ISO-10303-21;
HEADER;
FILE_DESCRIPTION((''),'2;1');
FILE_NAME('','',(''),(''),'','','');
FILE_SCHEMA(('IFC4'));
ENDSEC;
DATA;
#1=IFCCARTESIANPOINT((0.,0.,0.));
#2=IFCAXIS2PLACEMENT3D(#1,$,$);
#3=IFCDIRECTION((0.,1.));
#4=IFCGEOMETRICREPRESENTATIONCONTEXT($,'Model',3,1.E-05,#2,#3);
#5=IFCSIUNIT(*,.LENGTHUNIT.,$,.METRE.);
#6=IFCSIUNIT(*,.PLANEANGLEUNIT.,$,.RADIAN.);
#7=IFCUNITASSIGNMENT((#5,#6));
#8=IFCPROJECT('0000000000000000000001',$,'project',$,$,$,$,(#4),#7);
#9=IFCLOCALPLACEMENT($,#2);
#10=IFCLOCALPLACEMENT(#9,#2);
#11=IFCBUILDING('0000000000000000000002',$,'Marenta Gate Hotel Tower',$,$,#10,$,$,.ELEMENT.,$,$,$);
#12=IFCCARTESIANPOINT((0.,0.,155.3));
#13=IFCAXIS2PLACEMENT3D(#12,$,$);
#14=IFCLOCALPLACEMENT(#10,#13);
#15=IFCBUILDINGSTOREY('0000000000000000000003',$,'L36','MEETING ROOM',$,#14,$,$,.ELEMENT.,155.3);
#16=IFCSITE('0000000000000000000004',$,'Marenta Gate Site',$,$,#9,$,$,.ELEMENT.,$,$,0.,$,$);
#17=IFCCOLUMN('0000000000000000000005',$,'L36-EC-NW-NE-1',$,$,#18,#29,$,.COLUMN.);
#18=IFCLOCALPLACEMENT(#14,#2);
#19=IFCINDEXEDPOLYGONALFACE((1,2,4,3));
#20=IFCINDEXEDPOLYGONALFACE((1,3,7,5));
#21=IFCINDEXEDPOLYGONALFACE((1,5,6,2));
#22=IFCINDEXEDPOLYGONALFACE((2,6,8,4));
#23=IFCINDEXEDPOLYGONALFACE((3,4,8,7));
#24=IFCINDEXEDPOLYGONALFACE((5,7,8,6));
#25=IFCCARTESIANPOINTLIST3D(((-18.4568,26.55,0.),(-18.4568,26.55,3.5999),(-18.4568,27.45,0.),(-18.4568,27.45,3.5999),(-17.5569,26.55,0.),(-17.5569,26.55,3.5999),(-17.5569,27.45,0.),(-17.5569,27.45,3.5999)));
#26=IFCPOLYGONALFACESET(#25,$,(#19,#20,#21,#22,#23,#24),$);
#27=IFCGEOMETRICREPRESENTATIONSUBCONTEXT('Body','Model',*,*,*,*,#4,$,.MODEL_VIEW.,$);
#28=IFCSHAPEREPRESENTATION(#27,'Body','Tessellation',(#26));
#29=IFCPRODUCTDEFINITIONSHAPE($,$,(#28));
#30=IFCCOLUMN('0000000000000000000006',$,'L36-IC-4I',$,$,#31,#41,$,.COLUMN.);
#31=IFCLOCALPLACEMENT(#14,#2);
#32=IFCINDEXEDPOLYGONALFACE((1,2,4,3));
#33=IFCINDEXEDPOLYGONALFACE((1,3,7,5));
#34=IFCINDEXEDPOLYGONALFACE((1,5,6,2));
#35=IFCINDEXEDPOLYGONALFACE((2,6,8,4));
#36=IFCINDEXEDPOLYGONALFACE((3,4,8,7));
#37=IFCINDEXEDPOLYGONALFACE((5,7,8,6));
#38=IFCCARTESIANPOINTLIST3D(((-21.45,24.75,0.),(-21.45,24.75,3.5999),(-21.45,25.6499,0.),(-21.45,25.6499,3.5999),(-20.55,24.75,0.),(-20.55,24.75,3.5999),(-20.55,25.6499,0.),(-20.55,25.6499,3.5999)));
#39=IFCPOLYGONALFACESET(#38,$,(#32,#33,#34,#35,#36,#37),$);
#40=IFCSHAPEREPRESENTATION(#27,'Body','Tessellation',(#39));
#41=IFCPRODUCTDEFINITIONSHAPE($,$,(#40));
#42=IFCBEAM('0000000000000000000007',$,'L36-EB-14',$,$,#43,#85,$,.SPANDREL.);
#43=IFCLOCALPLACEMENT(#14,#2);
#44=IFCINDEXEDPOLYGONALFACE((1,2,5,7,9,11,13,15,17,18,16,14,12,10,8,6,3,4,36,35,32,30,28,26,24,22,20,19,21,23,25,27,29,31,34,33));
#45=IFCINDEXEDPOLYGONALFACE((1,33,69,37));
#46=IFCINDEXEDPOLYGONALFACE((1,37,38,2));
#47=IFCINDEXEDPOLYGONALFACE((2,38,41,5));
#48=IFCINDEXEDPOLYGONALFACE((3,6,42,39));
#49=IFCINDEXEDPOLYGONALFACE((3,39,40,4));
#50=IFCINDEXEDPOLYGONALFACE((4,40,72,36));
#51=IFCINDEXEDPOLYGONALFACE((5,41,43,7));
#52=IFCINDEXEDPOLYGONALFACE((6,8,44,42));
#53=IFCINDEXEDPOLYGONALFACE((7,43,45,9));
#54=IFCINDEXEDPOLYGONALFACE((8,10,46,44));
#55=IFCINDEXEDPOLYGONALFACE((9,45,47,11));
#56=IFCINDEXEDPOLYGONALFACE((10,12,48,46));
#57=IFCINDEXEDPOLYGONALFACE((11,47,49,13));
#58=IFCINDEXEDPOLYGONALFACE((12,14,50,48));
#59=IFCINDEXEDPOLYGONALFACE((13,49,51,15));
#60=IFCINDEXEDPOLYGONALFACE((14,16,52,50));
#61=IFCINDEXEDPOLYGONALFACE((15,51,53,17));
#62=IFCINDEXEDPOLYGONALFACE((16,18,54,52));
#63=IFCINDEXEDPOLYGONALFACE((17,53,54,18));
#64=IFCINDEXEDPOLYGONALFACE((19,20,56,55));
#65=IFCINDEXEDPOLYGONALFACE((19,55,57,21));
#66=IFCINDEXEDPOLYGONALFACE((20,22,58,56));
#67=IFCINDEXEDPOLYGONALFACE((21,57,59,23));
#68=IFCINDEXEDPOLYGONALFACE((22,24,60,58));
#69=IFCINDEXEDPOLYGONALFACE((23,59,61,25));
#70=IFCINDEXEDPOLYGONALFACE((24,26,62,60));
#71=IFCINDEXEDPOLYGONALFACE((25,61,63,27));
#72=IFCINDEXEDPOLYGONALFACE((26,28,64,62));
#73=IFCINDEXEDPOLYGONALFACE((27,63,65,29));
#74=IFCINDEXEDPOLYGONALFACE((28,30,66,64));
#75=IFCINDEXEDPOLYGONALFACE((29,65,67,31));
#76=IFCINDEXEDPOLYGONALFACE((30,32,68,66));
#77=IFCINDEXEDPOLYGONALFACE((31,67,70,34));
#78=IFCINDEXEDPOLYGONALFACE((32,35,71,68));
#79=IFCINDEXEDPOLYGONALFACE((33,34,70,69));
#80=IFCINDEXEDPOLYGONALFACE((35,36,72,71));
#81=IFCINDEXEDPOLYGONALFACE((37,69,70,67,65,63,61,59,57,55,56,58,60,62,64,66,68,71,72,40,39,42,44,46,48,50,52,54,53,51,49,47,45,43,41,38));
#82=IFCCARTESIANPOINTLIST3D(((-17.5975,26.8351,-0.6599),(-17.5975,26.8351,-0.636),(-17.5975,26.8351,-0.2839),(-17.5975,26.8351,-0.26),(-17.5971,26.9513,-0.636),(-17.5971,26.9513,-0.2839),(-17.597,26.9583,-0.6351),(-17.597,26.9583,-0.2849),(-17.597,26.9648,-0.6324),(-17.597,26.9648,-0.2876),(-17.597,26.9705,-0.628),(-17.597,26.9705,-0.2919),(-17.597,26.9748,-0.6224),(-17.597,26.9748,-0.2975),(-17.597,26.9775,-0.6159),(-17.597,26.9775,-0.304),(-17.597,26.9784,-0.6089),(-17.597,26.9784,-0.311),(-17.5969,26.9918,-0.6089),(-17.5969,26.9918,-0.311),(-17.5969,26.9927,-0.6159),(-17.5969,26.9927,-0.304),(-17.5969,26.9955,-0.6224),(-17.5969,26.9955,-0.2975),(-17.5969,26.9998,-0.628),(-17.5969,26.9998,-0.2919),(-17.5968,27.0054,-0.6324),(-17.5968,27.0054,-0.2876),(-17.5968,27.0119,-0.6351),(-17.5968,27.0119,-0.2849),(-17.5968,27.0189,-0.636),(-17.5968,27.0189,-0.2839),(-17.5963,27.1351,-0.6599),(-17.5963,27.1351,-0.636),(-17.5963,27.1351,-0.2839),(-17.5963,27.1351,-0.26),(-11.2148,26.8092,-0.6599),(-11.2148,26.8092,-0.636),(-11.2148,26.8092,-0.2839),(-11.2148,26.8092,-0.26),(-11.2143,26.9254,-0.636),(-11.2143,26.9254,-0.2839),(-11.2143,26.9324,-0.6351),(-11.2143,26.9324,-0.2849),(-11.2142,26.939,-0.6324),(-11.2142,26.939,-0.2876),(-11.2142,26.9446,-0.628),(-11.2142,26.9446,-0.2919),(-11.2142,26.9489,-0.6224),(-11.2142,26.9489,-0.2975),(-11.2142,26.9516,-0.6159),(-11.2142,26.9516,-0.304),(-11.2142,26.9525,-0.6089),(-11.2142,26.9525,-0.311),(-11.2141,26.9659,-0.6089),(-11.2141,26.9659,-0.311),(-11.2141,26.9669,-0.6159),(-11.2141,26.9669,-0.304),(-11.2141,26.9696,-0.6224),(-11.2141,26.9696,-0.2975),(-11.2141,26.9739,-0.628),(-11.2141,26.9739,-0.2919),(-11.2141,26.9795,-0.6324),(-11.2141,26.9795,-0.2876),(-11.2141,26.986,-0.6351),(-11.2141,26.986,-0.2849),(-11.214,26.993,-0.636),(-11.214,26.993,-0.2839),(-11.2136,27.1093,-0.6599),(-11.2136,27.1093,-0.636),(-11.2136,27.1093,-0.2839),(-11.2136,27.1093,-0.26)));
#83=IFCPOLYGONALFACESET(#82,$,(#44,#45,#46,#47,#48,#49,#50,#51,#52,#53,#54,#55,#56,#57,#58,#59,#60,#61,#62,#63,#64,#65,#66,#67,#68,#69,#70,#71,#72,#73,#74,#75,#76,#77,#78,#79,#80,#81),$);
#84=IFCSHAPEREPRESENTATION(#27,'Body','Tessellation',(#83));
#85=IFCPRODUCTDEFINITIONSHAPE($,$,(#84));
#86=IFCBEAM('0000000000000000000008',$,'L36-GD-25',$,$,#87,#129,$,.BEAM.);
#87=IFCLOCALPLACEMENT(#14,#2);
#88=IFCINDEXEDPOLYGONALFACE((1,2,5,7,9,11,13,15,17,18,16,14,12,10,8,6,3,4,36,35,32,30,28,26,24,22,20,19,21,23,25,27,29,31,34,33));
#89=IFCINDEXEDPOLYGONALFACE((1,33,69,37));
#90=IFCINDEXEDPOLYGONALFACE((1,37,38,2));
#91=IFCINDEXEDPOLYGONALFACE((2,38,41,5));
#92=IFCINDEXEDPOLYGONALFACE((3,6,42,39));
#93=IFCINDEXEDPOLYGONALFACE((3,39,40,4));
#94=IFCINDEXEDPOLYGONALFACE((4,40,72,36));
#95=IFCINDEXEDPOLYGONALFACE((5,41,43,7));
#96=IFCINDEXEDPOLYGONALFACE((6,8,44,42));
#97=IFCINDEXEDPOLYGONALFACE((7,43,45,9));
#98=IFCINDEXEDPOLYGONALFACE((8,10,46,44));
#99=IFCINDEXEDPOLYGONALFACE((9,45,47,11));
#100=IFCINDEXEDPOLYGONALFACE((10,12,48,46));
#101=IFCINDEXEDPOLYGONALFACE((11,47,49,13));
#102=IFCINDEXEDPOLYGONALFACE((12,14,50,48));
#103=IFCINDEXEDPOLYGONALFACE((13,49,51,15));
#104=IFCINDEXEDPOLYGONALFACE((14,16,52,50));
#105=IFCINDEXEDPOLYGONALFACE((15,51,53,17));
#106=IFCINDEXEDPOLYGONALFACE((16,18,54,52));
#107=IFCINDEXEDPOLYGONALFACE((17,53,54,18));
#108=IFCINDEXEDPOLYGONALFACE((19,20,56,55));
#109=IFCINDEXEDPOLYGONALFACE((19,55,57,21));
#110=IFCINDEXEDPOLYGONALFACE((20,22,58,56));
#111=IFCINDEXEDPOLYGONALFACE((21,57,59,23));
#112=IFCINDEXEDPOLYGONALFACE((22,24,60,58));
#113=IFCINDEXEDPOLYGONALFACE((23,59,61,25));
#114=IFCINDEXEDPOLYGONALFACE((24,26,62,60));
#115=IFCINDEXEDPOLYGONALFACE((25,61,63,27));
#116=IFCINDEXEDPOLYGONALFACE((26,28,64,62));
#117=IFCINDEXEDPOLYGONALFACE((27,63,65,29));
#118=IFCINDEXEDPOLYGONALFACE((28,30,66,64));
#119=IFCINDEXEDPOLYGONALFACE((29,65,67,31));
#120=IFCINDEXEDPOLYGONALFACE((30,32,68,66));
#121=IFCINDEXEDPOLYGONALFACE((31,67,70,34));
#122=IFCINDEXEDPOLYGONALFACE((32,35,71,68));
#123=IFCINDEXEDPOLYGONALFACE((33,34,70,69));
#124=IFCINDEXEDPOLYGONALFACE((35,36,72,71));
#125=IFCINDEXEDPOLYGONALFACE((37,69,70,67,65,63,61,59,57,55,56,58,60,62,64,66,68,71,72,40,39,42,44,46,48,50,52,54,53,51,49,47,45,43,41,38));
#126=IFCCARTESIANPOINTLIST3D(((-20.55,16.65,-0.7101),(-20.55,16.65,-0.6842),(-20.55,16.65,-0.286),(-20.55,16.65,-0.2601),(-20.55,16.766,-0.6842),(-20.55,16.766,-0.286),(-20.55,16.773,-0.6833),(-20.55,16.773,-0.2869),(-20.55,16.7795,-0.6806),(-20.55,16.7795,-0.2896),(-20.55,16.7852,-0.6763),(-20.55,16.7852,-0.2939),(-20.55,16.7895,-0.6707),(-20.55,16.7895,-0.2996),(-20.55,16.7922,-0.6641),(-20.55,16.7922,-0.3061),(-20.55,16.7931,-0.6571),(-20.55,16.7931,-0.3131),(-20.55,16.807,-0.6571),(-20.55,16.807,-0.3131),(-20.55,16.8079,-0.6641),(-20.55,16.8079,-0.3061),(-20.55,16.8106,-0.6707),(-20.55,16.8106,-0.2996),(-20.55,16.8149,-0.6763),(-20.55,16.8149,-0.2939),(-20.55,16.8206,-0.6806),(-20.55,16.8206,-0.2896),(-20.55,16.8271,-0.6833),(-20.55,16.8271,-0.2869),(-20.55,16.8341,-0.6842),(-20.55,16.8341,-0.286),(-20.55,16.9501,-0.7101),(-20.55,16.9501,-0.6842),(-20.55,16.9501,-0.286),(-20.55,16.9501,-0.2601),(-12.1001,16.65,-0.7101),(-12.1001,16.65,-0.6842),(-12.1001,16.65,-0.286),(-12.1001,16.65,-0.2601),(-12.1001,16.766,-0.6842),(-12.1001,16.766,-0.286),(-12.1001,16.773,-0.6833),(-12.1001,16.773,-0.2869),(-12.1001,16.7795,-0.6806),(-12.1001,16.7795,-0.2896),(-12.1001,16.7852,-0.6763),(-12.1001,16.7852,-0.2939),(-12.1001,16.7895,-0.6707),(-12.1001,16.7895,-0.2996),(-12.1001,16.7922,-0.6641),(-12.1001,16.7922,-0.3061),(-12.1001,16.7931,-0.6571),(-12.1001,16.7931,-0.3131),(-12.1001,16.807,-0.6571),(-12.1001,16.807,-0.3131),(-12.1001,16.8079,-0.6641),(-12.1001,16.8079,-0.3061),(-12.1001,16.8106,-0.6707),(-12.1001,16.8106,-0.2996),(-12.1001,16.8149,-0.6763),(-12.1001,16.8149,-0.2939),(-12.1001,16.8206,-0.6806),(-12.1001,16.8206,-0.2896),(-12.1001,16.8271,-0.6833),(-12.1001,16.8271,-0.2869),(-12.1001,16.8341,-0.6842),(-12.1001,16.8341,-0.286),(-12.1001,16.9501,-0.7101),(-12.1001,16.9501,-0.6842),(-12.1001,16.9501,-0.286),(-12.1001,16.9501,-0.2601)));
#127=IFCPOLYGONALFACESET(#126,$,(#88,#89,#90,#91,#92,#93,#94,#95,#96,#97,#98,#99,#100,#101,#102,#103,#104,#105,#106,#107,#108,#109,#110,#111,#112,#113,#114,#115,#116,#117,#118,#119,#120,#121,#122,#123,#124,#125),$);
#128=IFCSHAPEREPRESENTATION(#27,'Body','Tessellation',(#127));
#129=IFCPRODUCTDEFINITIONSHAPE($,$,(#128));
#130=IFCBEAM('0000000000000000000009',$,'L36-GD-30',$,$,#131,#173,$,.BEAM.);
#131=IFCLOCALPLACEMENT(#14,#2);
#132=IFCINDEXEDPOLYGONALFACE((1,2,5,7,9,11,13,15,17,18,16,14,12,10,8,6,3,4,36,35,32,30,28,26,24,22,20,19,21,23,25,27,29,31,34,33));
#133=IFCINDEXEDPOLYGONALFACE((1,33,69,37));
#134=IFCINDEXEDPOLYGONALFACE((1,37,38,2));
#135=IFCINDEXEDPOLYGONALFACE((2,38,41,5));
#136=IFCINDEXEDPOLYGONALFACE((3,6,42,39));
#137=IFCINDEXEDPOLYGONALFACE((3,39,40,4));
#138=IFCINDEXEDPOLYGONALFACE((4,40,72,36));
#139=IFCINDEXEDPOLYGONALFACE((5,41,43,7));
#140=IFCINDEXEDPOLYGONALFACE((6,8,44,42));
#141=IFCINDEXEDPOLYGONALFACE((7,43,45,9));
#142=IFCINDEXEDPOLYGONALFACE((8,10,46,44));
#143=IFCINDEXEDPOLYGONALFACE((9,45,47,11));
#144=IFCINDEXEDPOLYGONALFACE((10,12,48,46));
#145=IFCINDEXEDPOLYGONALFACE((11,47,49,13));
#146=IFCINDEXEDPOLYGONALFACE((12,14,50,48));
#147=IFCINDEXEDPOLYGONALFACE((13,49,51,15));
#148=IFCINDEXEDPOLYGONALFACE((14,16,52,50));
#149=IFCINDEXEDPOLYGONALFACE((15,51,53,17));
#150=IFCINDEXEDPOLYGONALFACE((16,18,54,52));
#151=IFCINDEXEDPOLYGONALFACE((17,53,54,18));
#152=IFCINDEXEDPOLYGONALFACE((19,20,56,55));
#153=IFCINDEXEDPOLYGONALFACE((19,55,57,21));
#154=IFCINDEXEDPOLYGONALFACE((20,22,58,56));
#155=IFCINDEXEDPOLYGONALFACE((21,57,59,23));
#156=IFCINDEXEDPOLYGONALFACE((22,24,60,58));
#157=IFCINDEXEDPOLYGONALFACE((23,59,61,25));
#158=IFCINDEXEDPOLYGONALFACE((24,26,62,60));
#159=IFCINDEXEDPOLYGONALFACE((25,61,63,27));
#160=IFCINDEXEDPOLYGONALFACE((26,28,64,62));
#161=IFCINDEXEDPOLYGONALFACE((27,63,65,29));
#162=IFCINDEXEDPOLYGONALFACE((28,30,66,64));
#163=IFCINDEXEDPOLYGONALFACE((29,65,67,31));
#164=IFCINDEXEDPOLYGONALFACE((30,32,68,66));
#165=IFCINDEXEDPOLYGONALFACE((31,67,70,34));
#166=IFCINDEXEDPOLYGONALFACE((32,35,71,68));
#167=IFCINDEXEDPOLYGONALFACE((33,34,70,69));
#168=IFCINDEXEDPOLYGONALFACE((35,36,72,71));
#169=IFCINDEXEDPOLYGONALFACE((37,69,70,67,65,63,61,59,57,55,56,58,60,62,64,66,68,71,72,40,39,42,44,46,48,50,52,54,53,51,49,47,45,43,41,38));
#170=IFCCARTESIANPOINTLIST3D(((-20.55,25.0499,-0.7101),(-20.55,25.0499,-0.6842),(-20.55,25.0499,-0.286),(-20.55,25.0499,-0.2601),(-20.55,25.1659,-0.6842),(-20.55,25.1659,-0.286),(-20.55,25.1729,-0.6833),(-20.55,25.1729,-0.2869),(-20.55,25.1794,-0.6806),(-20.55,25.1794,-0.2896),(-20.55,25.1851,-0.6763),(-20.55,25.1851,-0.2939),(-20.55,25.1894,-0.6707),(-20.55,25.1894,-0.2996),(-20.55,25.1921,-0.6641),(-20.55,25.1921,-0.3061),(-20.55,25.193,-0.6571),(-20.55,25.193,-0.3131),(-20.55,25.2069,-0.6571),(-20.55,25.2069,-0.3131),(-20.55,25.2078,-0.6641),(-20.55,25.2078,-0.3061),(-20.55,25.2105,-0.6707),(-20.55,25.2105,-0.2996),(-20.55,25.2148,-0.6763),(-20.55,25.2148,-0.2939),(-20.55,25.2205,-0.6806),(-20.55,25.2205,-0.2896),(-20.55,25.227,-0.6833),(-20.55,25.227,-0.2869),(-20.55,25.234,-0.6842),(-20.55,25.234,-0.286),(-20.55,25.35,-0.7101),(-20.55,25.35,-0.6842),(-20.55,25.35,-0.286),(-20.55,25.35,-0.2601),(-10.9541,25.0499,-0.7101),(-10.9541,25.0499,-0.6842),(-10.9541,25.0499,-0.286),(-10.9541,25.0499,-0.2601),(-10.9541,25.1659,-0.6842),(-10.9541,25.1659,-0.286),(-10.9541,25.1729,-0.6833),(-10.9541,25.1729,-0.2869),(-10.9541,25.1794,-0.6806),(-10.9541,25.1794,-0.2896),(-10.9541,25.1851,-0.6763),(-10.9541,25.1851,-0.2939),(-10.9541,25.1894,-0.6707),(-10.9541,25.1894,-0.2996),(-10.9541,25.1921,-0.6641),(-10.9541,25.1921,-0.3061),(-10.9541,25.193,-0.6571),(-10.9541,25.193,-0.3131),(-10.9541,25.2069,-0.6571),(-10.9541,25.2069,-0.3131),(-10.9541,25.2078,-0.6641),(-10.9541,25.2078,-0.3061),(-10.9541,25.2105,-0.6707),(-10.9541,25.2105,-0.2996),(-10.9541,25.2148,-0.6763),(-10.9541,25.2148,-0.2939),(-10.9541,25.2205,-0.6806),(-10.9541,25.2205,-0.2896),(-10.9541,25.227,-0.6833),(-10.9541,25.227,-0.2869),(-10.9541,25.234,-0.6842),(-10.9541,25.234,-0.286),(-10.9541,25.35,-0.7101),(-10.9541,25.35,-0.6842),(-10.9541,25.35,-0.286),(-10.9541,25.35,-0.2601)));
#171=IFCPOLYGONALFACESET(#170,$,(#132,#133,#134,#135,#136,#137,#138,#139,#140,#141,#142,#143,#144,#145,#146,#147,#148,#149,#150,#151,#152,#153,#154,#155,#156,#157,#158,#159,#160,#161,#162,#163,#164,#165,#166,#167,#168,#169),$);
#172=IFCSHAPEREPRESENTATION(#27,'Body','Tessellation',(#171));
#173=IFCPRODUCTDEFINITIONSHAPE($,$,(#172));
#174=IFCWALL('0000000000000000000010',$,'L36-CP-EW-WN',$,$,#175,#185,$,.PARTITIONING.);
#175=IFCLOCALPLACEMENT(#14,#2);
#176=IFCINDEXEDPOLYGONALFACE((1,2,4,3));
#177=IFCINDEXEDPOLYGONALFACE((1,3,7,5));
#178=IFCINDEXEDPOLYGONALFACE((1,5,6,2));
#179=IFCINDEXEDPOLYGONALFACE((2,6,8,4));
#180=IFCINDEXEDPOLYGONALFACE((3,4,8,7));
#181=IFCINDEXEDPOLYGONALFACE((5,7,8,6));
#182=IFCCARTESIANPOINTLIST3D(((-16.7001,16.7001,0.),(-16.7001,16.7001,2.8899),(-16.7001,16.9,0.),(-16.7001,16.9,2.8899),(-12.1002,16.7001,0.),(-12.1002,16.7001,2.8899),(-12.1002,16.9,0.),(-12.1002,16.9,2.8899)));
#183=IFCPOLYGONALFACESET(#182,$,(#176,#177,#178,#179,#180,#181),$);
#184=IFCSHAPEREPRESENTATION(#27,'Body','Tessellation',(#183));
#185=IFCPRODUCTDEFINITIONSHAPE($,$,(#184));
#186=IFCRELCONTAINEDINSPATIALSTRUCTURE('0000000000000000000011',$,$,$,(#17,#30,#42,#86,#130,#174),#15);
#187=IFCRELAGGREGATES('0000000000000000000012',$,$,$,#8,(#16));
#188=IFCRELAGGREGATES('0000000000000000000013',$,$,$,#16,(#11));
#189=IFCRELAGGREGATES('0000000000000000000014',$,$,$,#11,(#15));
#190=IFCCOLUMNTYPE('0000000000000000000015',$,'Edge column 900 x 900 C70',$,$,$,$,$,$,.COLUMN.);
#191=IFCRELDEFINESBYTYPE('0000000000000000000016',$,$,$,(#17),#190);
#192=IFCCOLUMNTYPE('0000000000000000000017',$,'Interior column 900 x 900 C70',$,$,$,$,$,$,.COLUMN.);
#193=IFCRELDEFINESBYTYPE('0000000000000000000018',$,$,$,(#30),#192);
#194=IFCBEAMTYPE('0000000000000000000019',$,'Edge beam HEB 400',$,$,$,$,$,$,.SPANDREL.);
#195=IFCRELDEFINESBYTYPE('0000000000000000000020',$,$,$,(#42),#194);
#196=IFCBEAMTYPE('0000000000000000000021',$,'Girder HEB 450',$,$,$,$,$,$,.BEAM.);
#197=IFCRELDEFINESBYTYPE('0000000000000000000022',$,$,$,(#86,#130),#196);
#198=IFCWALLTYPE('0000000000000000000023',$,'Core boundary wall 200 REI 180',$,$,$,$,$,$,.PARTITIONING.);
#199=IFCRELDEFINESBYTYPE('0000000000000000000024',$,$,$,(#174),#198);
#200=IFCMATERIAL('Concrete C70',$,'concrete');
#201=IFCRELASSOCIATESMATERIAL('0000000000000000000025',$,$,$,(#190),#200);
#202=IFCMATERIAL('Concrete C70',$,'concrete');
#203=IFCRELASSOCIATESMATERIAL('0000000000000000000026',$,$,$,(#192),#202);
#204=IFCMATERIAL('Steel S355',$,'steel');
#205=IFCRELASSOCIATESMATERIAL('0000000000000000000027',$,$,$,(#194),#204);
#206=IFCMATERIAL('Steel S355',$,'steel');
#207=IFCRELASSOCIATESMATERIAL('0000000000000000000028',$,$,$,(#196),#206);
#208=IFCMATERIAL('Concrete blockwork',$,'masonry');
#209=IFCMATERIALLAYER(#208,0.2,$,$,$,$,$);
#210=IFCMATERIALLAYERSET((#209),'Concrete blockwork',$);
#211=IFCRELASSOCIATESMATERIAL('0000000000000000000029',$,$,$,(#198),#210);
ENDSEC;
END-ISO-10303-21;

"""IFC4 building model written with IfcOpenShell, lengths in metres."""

from ifc_helpers import new_model, si_unit, direction, frame, frame_2d, origin, origin_2d, place, context, subcontext, project, spatial, rectangle, i_section, extrude, material, layer, layer_set, material_profile, profile_set, type_object, element, save


model = new_model("IFC4")

# Units and contexts
model_context = context("Model", 3, precision=1e-05, world=origin(), true_north=direction((0.0, 1.0)))
body_context = subcontext(model_context, "Body", "Model", "MODEL_VIEW")
ifc_project = project(units=[si_unit("LENGTHUNIT", "METRE"), si_unit("PLANEANGLEUNIT", "RADIAN")], contexts=[model_context])

# Site, building, storey
site_placement = place(None, origin())
site = spatial("IfcSite", under=ifc_project, at=site_placement, Name="Marenta Gate Site", CompositionType="ELEMENT", RefElevation=0.0)
building_placement = place(site_placement, origin())
building = spatial("IfcBuilding", under=site, at=building_placement, Name="Marenta Gate Hotel Tower", CompositionType="ELEMENT")
storey_placement = place(building_placement, frame((0.0, 0.0, 155.3)))
storey = spatial("IfcBuildingStorey", under=building, at=storey_placement, Name="L36", Description="MEETING ROOM", CompositionType="ELEMENT", Elevation=155.3)

# Columns
ifc_material_1 = material(Name="Concrete C70", Category="concrete")
ifc_material_profile_1 = material_profile(ifc_material_1, rectangle(XDim=0.8999, YDim=0.8999, at=origin_2d()), Name="900 x 900")
ifc_profile_set_1 = profile_set([ifc_material_profile_1], Name="Concrete C70")
column_type_1 = type_object("IfcColumnType", Name="Edge column 900 x 900 C70", PredefinedType="COLUMN", material=ifc_profile_set_1)
column_1_placement = place(storey_placement, frame((-18.0068, 27.0, 0.0), z_axis=(0.0, 0.0, 1.0), x_axis=(1.0, 0.0, 0.0)))
element("IfcColumn", 1, at=column_1_placement, inside=storey, type_object=column_type_1, Name="L36-EC-NW-NE-1", PredefinedType="COLUMN", context=body_context, shape_type="SweptSolid", body=[
    extrude(rectangle(XDim=0.8999, YDim=0.8999, at=origin_2d()), origin(), (0.0, 0.0, 1.0), 3.5999),
])
ifc_material_2 = material(Name="Concrete C70", Category="concrete")
ifc_material_profile_2 = material_profile(ifc_material_2, rectangle(XDim=0.8999, YDim=0.8999, at=origin_2d()), Name="900 x 900")
ifc_profile_set_2 = profile_set([ifc_material_profile_2], Name="Concrete C70")
column_type_2 = type_object("IfcColumnType", Name="Interior column 900 x 900 C70", PredefinedType="COLUMN", material=ifc_profile_set_2)
column_2_placement = place(storey_placement, frame((-21.0, 25.2, 0.0), z_axis=(0.0, 0.0, 1.0), x_axis=(1.0, 0.0, 0.0)))
element("IfcColumn", 2, at=column_2_placement, inside=storey, type_object=column_type_2, Name="L36-IC-4I", PredefinedType="COLUMN", context=body_context, shape_type="SweptSolid", body=[
    extrude(rectangle(XDim=0.8999, YDim=0.8999, at=origin_2d()), origin(), (0.0, 0.0, 1.0), 3.5999),
])

# Beams
ifc_material_3 = material(Name="Steel S355", Category="steel")
ifc_material_profile_3 = material_profile(ifc_material_3, i_section(OverallWidth=0.3, OverallDepth=0.3999, WebThickness=0.0134, FlangeThickness=0.0239, FilletRadius=0.0271, at=origin_2d()), Name="HEB 400")
ifc_profile_set_3 = profile_set([ifc_material_profile_3], Name="Steel S355")
beam_type_1 = type_object("IfcBeamType", Name="Edge beam HEB 400", PredefinedType="SPANDREL", material=ifc_profile_set_3)
beam_1_placement = place(storey_placement, frame((-17.5969, 26.9851, -0.46), z_axis=(0.999992, -0.004054, 0.0), x_axis=(0.004054, 0.999992, 0.0)))
element("IfcBeam", 3, at=beam_1_placement, inside=storey, type_object=beam_type_1, Name="L36-EB-14", PredefinedType="SPANDREL", context=body_context, shape_type="SweptSolid", body=[
    extrude(i_section(OverallWidth=0.3, OverallDepth=0.3999, WebThickness=0.0134, FlangeThickness=0.0239, FilletRadius=0.0271, at=origin_2d()), origin(), (0.0, 0.0, 1.0), 6.3828),
])
ifc_material_4 = material(Name="Steel S355", Category="steel")
ifc_material_profile_4 = material_profile(ifc_material_4, i_section(OverallWidth=0.3, OverallDepth=0.45, WebThickness=0.0139, FlangeThickness=0.0259, FilletRadius=0.0271, at=origin_2d()), Name="HEB 450")
ifc_profile_set_4 = profile_set([ifc_material_profile_4], Name="Steel S355")
beam_type_2 = type_object("IfcBeamType", Name="Girder HEB 450", PredefinedType="BEAM", material=ifc_profile_set_4)
beam_2_placement = place(storey_placement, frame((-20.55, 16.8, -0.4851), z_axis=(1.0, 0.0, 0.0), x_axis=(0.0, 1.0, 0.0)))
element("IfcBeam", 4, at=beam_2_placement, inside=storey, type_object=beam_type_2, Name="L36-GD-25", PredefinedType="BEAM", context=body_context, shape_type="SweptSolid", body=[
    extrude(i_section(OverallWidth=0.3, OverallDepth=0.45, WebThickness=0.0139, FlangeThickness=0.0259, FilletRadius=0.0271, at=origin_2d()), origin(), (0.0, 0.0, 1.0), 8.45),
])
beam_3_placement = place(storey_placement, frame((-20.55, 25.2, -0.4851), z_axis=(1.0, 0.0, 0.0), x_axis=(0.0, 1.0, 0.0)))
element("IfcBeam", 5, at=beam_3_placement, inside=storey, type_object=beam_type_2, Name="L36-GD-30", PredefinedType="BEAM", context=body_context, shape_type="SweptSolid", body=[
    extrude(i_section(OverallWidth=0.3, OverallDepth=0.45, WebThickness=0.0139, FlangeThickness=0.0259, FilletRadius=0.0271, at=origin_2d()), origin(), (0.0, 0.0, 1.0), 9.5959),
])

# Wall
ifc_material_5 = material(Name="Concrete blockwork", Category="masonry")
ifc_layer_1 = layer(ifc_material_5, 0.2)
ifc_layer_set_1 = layer_set([ifc_layer_1], Name="Concrete blockwork")
wall_type_1 = type_object("IfcWallType", Name="Core boundary wall 200 REI 180", PredefinedType="PARTITIONING", material=ifc_layer_set_1)
wall_1_placement = place(storey_placement, frame((-16.7, 16.8, 0.0), z_axis=(0.0, 0.0, 1.0), x_axis=(1.0, 0.0, 0.0)))
element("IfcWall", 6, at=wall_1_placement, inside=storey, type_object=wall_type_1, Name="L36-CP-EW-WN", PredefinedType="PARTITIONING", context=body_context, shape_type="SweptSolid", body=[
    extrude(rectangle(XDim=4.5999, YDim=0.2, at=frame_2d((2.2998, 0.0))), origin(), (0.0, 0.0, 1.0), 2.8899),
])

save(model, "model.ifc")
